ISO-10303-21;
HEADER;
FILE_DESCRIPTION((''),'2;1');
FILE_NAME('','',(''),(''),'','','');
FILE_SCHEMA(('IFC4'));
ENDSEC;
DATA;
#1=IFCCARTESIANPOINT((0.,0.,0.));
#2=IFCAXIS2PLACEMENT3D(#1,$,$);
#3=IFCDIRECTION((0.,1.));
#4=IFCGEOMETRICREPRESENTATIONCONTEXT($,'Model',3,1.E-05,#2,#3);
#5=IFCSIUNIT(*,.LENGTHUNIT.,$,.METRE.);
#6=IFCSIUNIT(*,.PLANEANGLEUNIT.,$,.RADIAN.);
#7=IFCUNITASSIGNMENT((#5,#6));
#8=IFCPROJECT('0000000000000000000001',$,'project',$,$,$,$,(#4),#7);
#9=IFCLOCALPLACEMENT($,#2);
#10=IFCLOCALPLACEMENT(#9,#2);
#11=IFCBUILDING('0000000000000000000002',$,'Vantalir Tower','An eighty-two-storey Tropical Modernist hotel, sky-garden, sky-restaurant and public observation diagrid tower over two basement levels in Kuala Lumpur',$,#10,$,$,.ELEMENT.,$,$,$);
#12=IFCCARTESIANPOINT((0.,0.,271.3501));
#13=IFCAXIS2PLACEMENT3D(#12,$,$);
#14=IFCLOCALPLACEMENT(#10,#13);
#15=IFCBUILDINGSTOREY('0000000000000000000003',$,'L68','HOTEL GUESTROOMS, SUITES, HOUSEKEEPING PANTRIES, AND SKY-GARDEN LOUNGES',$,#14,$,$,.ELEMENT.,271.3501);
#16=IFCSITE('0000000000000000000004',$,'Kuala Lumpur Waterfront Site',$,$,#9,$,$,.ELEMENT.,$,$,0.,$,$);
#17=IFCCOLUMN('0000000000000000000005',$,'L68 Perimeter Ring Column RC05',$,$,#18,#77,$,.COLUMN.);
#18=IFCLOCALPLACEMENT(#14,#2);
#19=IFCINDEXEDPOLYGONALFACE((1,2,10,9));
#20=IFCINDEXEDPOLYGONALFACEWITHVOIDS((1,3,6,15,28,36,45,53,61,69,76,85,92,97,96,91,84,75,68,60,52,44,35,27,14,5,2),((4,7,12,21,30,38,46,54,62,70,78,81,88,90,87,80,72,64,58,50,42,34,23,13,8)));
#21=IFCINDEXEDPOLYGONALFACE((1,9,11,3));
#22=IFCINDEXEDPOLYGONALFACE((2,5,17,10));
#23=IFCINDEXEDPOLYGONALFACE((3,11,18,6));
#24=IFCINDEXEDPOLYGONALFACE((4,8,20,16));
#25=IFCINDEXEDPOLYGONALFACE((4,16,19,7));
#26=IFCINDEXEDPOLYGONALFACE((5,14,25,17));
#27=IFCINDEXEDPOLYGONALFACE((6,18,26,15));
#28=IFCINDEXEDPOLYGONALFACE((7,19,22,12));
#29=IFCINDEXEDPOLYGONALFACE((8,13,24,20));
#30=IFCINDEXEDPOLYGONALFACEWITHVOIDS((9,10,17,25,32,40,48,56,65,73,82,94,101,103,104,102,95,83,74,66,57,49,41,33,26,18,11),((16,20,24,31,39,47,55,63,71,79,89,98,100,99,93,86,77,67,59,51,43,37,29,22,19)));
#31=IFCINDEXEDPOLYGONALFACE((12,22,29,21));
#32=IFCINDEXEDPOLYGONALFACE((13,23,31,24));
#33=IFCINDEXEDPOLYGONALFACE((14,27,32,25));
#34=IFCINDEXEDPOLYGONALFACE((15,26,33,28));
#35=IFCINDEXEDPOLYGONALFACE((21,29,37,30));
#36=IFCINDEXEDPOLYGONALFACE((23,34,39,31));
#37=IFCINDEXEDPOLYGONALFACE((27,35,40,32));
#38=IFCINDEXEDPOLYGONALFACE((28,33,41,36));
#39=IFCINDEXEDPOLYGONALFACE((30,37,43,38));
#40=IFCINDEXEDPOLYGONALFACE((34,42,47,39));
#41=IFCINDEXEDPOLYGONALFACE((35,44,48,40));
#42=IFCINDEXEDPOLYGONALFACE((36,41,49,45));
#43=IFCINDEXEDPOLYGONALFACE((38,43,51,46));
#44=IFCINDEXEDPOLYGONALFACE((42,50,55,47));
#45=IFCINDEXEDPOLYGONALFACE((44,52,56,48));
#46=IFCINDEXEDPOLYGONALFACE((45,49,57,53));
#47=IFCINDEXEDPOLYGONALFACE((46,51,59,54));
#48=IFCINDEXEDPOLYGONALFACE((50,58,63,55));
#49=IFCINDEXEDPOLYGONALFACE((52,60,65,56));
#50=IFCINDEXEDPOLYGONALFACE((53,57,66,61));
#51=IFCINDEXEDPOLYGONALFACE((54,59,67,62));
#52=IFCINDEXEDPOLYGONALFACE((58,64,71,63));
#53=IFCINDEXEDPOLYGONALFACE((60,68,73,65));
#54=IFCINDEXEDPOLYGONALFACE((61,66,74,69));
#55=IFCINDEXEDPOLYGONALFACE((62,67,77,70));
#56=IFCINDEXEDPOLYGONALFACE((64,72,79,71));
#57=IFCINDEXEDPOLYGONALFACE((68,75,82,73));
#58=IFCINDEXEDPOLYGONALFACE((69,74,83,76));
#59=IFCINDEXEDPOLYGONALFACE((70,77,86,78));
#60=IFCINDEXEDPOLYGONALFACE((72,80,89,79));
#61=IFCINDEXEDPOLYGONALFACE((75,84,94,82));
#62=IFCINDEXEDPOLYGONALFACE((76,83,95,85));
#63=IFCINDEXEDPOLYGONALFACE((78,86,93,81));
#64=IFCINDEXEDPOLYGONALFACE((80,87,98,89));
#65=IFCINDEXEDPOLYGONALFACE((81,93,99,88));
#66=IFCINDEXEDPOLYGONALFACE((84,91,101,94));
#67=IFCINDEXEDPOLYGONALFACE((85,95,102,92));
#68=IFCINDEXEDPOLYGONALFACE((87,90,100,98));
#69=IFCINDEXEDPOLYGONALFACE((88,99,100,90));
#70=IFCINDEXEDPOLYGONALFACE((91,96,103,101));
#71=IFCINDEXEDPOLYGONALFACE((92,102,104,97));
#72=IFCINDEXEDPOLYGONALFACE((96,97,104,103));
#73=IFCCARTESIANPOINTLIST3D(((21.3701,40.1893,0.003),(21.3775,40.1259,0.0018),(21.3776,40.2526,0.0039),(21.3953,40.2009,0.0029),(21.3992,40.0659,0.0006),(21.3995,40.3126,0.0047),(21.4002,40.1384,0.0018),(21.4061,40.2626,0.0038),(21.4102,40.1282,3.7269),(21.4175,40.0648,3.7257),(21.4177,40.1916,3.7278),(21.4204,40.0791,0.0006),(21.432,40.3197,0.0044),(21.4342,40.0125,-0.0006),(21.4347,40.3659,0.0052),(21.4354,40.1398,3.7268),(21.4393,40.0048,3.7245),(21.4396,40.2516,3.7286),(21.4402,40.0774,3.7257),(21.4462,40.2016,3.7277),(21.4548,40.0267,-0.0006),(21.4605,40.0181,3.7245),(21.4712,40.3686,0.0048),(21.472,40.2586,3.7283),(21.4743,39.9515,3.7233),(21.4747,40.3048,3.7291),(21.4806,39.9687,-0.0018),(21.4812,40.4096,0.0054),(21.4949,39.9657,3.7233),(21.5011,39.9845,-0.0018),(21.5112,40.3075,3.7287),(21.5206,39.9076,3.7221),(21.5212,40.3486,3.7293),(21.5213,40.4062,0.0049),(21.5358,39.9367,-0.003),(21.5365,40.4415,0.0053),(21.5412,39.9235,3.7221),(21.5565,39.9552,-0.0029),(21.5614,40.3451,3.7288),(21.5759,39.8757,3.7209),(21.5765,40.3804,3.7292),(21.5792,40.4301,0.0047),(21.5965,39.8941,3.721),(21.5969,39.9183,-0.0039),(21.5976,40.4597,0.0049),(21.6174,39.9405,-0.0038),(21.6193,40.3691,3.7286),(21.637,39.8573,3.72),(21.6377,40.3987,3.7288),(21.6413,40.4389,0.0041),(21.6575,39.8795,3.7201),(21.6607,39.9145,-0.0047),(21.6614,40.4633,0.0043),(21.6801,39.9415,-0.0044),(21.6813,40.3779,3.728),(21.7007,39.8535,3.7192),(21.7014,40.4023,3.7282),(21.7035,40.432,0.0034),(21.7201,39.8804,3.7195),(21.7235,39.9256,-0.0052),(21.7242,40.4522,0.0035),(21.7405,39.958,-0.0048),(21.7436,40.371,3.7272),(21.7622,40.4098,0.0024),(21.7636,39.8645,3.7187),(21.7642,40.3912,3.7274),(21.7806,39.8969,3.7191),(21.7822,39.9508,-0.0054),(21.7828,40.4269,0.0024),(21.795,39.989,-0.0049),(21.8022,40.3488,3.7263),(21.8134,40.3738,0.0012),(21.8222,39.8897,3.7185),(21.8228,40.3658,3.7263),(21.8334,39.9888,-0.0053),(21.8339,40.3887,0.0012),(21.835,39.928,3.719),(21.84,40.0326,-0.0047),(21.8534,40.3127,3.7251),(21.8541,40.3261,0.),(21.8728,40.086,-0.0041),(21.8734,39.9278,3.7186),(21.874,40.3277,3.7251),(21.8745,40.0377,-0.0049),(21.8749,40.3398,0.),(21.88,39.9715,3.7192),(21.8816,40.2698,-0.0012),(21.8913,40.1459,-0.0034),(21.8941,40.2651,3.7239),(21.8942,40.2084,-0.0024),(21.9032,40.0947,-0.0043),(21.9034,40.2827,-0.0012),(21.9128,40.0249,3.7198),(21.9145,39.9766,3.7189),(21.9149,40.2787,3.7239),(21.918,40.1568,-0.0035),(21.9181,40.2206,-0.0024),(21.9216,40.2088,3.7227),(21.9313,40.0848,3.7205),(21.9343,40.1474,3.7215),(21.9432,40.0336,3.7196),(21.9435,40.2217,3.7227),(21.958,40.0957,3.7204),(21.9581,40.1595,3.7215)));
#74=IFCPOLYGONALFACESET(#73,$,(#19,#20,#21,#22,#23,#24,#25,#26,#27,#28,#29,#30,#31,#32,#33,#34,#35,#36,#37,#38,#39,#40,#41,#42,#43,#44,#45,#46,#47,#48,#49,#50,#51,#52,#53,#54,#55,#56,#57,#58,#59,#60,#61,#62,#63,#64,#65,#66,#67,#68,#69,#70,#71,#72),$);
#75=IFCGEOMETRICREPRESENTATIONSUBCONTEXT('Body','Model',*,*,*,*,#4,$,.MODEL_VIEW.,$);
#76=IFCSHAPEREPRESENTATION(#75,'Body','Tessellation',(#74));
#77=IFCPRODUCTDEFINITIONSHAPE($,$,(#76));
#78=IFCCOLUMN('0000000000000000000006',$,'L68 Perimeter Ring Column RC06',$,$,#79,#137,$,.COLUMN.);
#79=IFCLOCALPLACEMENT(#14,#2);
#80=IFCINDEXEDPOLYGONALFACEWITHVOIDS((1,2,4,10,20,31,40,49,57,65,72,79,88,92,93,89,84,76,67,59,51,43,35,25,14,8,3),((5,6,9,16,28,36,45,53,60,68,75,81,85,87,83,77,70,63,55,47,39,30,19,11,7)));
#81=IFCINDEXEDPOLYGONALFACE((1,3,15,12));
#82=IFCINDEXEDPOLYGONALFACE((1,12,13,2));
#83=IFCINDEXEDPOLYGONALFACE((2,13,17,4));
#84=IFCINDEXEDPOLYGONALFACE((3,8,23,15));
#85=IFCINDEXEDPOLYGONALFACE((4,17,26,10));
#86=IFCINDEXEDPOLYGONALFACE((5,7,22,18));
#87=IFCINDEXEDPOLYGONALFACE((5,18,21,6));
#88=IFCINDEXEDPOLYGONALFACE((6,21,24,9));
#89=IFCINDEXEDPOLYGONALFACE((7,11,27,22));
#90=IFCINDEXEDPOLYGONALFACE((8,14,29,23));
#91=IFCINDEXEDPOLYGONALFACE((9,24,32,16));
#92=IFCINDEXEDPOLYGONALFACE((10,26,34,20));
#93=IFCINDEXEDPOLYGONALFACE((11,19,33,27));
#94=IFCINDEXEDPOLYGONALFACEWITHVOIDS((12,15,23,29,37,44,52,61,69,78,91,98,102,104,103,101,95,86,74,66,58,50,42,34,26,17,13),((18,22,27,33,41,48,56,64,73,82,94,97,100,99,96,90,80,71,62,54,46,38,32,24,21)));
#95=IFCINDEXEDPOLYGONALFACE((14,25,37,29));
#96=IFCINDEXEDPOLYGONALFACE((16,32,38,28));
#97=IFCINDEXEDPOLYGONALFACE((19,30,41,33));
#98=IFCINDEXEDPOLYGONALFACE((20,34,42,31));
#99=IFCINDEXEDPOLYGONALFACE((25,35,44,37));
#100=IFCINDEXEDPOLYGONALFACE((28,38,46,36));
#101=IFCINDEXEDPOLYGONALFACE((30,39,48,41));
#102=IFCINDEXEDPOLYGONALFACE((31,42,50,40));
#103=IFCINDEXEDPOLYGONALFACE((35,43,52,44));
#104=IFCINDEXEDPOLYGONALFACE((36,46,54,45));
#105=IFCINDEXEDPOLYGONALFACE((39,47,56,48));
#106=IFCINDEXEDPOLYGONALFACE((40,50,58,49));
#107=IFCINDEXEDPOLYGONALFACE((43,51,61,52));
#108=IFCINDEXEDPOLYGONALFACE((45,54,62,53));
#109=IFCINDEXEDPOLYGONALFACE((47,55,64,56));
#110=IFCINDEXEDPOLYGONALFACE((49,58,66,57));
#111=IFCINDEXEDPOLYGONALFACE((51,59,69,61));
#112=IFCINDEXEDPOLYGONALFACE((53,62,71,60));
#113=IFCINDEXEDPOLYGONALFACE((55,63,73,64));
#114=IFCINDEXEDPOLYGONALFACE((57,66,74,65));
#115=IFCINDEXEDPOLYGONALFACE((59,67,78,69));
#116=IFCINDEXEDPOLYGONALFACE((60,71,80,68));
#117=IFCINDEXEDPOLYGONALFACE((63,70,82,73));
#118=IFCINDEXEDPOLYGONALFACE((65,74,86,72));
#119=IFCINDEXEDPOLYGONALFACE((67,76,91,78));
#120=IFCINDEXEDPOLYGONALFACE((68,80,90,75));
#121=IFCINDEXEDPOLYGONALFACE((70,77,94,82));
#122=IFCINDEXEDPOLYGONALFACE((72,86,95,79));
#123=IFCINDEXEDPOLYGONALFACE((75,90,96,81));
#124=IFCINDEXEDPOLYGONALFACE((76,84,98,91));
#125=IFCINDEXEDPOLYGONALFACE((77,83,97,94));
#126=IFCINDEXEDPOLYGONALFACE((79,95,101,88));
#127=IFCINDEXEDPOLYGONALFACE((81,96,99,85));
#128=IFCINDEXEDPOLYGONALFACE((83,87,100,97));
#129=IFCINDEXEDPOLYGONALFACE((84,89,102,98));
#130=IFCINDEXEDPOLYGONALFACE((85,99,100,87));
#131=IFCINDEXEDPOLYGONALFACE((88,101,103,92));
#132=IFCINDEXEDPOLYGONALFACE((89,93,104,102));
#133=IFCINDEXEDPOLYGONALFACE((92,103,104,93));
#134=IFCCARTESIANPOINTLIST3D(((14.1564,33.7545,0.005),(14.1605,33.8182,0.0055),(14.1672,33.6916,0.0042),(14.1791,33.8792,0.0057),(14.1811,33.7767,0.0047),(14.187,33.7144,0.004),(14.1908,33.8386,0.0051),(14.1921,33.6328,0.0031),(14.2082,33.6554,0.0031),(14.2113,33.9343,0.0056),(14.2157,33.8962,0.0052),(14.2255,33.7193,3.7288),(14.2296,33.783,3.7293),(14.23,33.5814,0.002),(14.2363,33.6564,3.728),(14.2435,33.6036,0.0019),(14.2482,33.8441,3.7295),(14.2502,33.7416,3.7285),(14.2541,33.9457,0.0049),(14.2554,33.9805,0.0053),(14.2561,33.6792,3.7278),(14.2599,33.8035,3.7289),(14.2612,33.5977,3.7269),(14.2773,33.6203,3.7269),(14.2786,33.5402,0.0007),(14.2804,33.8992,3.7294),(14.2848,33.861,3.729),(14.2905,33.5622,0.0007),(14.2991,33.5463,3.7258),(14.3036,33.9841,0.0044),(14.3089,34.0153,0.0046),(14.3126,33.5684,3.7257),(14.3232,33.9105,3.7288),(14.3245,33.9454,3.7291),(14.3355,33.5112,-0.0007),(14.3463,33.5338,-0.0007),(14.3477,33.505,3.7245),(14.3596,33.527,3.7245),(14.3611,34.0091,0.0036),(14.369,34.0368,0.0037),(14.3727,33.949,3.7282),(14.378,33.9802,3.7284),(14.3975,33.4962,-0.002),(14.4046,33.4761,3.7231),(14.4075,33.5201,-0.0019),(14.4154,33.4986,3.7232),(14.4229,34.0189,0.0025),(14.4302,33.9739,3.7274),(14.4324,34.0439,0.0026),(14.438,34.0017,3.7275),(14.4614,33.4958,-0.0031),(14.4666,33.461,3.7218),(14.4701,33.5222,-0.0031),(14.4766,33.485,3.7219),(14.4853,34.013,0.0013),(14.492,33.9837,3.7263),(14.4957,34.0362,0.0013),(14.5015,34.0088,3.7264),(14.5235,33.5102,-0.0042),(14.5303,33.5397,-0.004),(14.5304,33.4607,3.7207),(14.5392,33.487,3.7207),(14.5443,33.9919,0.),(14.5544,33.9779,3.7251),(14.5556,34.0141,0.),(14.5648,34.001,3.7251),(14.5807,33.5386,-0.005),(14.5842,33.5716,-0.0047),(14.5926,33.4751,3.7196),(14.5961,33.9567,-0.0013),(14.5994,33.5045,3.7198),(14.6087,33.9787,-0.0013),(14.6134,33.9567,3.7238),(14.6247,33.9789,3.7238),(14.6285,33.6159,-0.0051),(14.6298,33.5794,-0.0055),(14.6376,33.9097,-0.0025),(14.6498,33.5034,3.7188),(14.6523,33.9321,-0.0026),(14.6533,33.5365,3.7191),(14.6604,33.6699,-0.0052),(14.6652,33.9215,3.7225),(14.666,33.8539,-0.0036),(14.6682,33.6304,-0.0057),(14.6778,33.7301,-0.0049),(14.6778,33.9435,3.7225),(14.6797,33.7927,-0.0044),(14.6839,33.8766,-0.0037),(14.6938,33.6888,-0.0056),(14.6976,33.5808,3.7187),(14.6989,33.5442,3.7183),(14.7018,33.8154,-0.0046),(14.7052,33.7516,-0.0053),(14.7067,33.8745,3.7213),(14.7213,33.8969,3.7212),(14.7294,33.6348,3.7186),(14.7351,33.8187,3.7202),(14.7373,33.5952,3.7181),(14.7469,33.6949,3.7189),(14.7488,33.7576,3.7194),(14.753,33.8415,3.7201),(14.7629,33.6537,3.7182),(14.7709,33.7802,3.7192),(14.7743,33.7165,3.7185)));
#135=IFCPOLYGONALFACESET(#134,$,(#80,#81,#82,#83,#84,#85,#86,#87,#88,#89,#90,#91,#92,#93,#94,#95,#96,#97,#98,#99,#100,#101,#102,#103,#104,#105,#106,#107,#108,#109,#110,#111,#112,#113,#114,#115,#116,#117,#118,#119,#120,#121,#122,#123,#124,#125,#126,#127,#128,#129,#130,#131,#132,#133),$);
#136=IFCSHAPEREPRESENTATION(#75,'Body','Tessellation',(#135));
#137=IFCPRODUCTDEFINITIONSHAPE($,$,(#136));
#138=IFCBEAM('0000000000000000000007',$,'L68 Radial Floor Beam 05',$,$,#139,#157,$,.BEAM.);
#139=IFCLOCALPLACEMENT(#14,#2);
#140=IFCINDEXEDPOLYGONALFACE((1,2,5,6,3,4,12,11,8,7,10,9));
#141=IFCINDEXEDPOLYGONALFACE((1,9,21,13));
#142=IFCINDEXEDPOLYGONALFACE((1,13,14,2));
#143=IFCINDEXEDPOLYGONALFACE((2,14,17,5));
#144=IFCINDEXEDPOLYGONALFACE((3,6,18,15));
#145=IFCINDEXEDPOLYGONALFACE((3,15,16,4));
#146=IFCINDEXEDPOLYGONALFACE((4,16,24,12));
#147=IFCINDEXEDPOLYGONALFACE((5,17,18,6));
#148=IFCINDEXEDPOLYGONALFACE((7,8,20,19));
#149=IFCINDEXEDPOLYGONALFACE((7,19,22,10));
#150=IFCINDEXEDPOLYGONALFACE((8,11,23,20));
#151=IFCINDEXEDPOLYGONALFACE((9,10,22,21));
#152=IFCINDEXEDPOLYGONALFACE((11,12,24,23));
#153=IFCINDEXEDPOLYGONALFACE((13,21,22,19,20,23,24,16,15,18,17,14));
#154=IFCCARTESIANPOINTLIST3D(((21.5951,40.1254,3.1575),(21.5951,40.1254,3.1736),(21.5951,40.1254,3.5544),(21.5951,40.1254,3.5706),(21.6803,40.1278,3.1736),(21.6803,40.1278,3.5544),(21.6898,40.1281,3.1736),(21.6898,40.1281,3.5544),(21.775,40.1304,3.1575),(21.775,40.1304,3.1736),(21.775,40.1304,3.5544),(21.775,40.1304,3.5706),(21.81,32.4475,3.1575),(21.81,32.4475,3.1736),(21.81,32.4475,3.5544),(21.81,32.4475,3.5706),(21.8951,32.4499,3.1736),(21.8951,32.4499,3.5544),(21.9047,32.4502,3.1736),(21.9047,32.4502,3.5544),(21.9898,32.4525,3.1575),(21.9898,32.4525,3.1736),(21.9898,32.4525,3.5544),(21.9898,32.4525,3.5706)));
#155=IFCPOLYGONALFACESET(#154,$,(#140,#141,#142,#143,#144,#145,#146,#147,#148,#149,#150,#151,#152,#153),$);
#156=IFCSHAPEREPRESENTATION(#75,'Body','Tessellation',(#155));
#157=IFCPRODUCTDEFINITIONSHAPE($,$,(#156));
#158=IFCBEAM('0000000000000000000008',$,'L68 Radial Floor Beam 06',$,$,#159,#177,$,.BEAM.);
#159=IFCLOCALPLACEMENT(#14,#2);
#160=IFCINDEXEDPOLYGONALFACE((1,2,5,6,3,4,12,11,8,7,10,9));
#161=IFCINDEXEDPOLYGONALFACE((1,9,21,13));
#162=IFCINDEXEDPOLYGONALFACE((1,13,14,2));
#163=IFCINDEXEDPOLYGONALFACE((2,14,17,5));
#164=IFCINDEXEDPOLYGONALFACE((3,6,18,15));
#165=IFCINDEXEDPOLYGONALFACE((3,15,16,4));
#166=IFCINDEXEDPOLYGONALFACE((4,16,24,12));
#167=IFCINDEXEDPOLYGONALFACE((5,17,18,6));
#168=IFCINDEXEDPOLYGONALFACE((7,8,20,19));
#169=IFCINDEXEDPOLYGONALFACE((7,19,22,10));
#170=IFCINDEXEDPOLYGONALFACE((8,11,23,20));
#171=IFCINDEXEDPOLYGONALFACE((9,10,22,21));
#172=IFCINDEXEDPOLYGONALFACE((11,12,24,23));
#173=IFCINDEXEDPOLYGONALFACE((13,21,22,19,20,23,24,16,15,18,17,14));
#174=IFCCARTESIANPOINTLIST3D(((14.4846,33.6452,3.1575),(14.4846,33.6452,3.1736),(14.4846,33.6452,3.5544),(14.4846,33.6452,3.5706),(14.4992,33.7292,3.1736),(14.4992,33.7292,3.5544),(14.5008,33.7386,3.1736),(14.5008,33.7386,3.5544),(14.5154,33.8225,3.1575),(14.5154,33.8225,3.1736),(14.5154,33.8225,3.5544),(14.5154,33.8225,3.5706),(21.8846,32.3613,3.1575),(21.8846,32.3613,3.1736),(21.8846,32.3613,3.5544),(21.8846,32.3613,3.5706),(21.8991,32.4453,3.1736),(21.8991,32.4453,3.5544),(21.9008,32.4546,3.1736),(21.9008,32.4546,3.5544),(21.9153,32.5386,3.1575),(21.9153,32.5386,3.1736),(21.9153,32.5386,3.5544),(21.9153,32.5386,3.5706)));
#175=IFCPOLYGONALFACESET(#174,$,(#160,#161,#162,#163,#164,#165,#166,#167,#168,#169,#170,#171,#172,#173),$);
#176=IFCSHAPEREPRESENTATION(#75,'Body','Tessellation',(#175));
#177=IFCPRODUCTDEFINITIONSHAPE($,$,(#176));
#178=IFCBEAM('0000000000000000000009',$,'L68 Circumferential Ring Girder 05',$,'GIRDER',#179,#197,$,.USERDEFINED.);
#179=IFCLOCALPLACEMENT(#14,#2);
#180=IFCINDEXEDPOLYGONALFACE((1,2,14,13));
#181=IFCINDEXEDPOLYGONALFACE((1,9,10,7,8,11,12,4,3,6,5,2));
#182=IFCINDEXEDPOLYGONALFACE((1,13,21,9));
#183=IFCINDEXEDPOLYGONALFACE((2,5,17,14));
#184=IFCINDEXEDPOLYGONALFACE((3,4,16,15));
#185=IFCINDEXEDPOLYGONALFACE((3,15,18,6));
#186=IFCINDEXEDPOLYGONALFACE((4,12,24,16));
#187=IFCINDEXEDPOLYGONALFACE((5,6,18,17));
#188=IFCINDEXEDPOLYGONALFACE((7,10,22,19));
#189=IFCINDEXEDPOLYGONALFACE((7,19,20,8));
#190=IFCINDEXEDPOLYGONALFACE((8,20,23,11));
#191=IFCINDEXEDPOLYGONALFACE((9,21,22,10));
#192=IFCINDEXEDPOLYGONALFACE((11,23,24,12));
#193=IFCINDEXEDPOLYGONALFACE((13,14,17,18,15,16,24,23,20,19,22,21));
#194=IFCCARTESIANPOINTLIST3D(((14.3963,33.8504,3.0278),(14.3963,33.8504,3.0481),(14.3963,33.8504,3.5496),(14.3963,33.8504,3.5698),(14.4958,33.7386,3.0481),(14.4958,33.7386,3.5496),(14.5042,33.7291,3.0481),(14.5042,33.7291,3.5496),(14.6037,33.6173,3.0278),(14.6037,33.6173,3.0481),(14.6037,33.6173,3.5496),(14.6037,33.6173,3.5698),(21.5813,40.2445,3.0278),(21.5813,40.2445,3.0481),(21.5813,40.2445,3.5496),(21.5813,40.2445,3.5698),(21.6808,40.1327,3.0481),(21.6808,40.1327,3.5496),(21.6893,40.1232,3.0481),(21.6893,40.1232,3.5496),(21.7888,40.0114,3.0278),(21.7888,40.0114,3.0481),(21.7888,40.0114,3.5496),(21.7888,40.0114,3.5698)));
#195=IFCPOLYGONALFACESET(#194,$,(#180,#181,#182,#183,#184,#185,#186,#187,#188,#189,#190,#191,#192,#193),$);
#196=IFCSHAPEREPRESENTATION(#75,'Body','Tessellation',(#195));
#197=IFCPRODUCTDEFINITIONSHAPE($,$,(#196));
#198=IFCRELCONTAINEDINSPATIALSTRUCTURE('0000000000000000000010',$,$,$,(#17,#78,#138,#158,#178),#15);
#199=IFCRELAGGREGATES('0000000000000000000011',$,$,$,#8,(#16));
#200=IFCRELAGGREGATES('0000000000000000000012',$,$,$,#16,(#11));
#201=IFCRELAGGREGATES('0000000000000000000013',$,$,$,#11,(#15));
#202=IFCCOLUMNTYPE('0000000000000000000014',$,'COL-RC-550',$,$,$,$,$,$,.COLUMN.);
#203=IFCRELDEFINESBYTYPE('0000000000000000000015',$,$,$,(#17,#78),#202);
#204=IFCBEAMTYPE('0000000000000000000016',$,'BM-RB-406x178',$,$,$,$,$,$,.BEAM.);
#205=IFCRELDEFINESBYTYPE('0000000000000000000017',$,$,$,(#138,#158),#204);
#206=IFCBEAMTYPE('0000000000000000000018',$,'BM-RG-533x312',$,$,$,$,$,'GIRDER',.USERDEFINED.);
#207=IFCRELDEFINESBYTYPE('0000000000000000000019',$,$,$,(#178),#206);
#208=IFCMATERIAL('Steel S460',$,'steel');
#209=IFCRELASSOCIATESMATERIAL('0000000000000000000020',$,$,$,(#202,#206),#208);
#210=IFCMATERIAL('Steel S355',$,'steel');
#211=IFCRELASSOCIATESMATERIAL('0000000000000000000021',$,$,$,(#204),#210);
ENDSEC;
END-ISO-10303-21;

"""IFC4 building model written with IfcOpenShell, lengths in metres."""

from ifc_helpers import new_model, si_unit, direction, frame, origin, origin_2d, place, context, subcontext, project, spatial, hollow_circle, i_section, extrude, material, material_profile, profile_set, type_object, element, save


model = new_model("IFC4")

# Units and contexts
model_context = context("Model", 3, precision=1e-05, world=origin(), true_north=direction((0.0, 1.0)))
body_context = subcontext(model_context, "Body", "Model", "MODEL_VIEW")
ifc_project = project(units=[si_unit("LENGTHUNIT", "METRE"), si_unit("PLANEANGLEUNIT", "RADIAN")], contexts=[model_context])

# Site, building, storey
site_placement = place(None, origin())
site = spatial("IfcSite", under=ifc_project, at=site_placement, Name="Kuala Lumpur Waterfront Site", CompositionType="ELEMENT", RefElevation=0.0)
building_placement = place(site_placement, origin())
building = spatial("IfcBuilding", under=site, at=building_placement, Name="Vantalir Tower", Description="An eighty-two-storey Tropical Modernist hotel, sky-garden, sky-restaurant and public observation diagrid tower over two basement levels in Kuala Lumpur", CompositionType="ELEMENT")
storey_placement = place(building_placement, frame((0.0, 0.0, 271.3501)))
storey = spatial("IfcBuildingStorey", under=building, at=storey_placement, Name="L68", Description="HOTEL GUESTROOMS, SUITES, HOUSEKEEPING PANTRIES, AND SKY-GARDEN LOUNGES", CompositionType="ELEMENT", Elevation=271.3501)

# Columns
ifc_material_1 = material(Name="Steel S460", Category="steel")
ifc_material_profile_1 = material_profile(ifc_material_1, hollow_circle(Radius=0.2749, WallThickness=0.0249, at=origin_2d()), Name="Steel S460")
ifc_profile_set_1 = profile_set([ifc_material_profile_1], Name="Steel S460")
column_type = type_object("IfcColumnType", Name="COL-RC-550", PredefinedType="COLUMN", material=ifc_profile_set_1)
for number, where, z_axis, x_axis, name in (
    (1, (21.645, 40.189, 0.0), (0.01075, -0.016387, 0.999808), (0.836144, 0.54851, 0.0), "L68 Perimeter Ring Column RC05"),
    (2, (14.4309, 33.769, 0.0), (0.01855, -0.009439, 0.999783), (0.453501, 0.891256, 0.0), "L68 Perimeter Ring Column RC06"),
):
    element("IfcColumn", number, at=place(storey_placement, frame(where, z_axis=z_axis, x_axis=x_axis)), inside=storey, type_object=column_type, Name=name, PredefinedType="COLUMN", context=body_context, shape_type="SweptSolid", body=[
        extrude(hollow_circle(Radius=0.2749, WallThickness=0.0249, at=origin_2d()), origin(), (0.0, 0.0, 1.0), 3.7246),
    ])

# Beams
ifc_material_2 = material(Name="Steel S355", Category="steel")
ifc_material_profile_2 = material_profile(ifc_material_2, i_section(OverallWidth=0.1799, OverallDepth=0.4131, WebThickness=0.0095, FlangeThickness=0.0161, at=origin_2d()), Name="Steel S355")
ifc_profile_set_2 = profile_set([ifc_material_profile_2], Name="Steel S355")
beam_type_1 = type_object("IfcBeamType", Name="BM-RB-406x178", PredefinedType="BEAM", material=ifc_profile_set_2)
beam_1_placement = place(storey_placement, frame((21.6851, 40.1279, 3.364), z_axis=(0.027971, -0.999609, 0.0), x_axis=(0.999609, 0.027971, 0.0)))
element("IfcBeam", 3, at=beam_1_placement, inside=storey, type_object=beam_type_1, Name="L68 Radial Floor Beam 05", PredefinedType="BEAM", context=body_context, shape_type="SweptSolid", body=[
    extrude(i_section(OverallWidth=0.1799, OverallDepth=0.4131, WebThickness=0.0095, FlangeThickness=0.0161, at=origin_2d()), origin(), (0.0, 0.0, 1.0), 7.6809),
])
beam_2_placement = place(storey_placement, frame((14.5, 33.7339, 3.364), z_axis=(0.985279, -0.170953, 0.0), x_axis=(0.170953, 0.985279, 0.0)))
element("IfcBeam", 4, at=beam_2_placement, inside=storey, type_object=beam_type_1, Name="L68 Radial Floor Beam 06", PredefinedType="BEAM", context=body_context, shape_type="SweptSolid", body=[
    extrude(i_section(OverallWidth=0.1799, OverallDepth=0.4131, WebThickness=0.0095, FlangeThickness=0.0161, at=origin_2d()), origin(), (0.0, 0.0, 1.0), 7.5105),
])
ifc_material_profile_3 = material_profile(ifc_material_1, i_section(OverallWidth=0.312, OverallDepth=0.542, WebThickness=0.0127, FlangeThickness=0.0203, at=origin_2d()), Name="Steel S460")
ifc_profile_set_3 = profile_set([ifc_material_profile_3], Name="Steel S460")
beam_type_2 = type_object("IfcBeamType", Name="BM-RG-533x312", ElementType="GIRDER", PredefinedType="USERDEFINED", material=ifc_profile_set_3)
beam_3_placement = place(storey_placement, frame((21.6851, 40.1279, 3.2988), z_axis=(-0.747031, -0.664789, 0.0), x_axis=(0.664789, -0.747031, 0.0)))
element("IfcBeam", 5, at=beam_3_placement, inside=storey, type_object=beam_type_2, Name="L68 Circumferential Ring Girder 05", ObjectType="GIRDER", PredefinedType="USERDEFINED", context=body_context, shape_type="SweptSolid", body=[
    extrude(i_section(OverallWidth=0.312, OverallDepth=0.542, WebThickness=0.0127, FlangeThickness=0.0203, at=origin_2d()), origin(), (0.0, 0.0, 1.0), 9.6182),
])

save(model, "model.ifc")
